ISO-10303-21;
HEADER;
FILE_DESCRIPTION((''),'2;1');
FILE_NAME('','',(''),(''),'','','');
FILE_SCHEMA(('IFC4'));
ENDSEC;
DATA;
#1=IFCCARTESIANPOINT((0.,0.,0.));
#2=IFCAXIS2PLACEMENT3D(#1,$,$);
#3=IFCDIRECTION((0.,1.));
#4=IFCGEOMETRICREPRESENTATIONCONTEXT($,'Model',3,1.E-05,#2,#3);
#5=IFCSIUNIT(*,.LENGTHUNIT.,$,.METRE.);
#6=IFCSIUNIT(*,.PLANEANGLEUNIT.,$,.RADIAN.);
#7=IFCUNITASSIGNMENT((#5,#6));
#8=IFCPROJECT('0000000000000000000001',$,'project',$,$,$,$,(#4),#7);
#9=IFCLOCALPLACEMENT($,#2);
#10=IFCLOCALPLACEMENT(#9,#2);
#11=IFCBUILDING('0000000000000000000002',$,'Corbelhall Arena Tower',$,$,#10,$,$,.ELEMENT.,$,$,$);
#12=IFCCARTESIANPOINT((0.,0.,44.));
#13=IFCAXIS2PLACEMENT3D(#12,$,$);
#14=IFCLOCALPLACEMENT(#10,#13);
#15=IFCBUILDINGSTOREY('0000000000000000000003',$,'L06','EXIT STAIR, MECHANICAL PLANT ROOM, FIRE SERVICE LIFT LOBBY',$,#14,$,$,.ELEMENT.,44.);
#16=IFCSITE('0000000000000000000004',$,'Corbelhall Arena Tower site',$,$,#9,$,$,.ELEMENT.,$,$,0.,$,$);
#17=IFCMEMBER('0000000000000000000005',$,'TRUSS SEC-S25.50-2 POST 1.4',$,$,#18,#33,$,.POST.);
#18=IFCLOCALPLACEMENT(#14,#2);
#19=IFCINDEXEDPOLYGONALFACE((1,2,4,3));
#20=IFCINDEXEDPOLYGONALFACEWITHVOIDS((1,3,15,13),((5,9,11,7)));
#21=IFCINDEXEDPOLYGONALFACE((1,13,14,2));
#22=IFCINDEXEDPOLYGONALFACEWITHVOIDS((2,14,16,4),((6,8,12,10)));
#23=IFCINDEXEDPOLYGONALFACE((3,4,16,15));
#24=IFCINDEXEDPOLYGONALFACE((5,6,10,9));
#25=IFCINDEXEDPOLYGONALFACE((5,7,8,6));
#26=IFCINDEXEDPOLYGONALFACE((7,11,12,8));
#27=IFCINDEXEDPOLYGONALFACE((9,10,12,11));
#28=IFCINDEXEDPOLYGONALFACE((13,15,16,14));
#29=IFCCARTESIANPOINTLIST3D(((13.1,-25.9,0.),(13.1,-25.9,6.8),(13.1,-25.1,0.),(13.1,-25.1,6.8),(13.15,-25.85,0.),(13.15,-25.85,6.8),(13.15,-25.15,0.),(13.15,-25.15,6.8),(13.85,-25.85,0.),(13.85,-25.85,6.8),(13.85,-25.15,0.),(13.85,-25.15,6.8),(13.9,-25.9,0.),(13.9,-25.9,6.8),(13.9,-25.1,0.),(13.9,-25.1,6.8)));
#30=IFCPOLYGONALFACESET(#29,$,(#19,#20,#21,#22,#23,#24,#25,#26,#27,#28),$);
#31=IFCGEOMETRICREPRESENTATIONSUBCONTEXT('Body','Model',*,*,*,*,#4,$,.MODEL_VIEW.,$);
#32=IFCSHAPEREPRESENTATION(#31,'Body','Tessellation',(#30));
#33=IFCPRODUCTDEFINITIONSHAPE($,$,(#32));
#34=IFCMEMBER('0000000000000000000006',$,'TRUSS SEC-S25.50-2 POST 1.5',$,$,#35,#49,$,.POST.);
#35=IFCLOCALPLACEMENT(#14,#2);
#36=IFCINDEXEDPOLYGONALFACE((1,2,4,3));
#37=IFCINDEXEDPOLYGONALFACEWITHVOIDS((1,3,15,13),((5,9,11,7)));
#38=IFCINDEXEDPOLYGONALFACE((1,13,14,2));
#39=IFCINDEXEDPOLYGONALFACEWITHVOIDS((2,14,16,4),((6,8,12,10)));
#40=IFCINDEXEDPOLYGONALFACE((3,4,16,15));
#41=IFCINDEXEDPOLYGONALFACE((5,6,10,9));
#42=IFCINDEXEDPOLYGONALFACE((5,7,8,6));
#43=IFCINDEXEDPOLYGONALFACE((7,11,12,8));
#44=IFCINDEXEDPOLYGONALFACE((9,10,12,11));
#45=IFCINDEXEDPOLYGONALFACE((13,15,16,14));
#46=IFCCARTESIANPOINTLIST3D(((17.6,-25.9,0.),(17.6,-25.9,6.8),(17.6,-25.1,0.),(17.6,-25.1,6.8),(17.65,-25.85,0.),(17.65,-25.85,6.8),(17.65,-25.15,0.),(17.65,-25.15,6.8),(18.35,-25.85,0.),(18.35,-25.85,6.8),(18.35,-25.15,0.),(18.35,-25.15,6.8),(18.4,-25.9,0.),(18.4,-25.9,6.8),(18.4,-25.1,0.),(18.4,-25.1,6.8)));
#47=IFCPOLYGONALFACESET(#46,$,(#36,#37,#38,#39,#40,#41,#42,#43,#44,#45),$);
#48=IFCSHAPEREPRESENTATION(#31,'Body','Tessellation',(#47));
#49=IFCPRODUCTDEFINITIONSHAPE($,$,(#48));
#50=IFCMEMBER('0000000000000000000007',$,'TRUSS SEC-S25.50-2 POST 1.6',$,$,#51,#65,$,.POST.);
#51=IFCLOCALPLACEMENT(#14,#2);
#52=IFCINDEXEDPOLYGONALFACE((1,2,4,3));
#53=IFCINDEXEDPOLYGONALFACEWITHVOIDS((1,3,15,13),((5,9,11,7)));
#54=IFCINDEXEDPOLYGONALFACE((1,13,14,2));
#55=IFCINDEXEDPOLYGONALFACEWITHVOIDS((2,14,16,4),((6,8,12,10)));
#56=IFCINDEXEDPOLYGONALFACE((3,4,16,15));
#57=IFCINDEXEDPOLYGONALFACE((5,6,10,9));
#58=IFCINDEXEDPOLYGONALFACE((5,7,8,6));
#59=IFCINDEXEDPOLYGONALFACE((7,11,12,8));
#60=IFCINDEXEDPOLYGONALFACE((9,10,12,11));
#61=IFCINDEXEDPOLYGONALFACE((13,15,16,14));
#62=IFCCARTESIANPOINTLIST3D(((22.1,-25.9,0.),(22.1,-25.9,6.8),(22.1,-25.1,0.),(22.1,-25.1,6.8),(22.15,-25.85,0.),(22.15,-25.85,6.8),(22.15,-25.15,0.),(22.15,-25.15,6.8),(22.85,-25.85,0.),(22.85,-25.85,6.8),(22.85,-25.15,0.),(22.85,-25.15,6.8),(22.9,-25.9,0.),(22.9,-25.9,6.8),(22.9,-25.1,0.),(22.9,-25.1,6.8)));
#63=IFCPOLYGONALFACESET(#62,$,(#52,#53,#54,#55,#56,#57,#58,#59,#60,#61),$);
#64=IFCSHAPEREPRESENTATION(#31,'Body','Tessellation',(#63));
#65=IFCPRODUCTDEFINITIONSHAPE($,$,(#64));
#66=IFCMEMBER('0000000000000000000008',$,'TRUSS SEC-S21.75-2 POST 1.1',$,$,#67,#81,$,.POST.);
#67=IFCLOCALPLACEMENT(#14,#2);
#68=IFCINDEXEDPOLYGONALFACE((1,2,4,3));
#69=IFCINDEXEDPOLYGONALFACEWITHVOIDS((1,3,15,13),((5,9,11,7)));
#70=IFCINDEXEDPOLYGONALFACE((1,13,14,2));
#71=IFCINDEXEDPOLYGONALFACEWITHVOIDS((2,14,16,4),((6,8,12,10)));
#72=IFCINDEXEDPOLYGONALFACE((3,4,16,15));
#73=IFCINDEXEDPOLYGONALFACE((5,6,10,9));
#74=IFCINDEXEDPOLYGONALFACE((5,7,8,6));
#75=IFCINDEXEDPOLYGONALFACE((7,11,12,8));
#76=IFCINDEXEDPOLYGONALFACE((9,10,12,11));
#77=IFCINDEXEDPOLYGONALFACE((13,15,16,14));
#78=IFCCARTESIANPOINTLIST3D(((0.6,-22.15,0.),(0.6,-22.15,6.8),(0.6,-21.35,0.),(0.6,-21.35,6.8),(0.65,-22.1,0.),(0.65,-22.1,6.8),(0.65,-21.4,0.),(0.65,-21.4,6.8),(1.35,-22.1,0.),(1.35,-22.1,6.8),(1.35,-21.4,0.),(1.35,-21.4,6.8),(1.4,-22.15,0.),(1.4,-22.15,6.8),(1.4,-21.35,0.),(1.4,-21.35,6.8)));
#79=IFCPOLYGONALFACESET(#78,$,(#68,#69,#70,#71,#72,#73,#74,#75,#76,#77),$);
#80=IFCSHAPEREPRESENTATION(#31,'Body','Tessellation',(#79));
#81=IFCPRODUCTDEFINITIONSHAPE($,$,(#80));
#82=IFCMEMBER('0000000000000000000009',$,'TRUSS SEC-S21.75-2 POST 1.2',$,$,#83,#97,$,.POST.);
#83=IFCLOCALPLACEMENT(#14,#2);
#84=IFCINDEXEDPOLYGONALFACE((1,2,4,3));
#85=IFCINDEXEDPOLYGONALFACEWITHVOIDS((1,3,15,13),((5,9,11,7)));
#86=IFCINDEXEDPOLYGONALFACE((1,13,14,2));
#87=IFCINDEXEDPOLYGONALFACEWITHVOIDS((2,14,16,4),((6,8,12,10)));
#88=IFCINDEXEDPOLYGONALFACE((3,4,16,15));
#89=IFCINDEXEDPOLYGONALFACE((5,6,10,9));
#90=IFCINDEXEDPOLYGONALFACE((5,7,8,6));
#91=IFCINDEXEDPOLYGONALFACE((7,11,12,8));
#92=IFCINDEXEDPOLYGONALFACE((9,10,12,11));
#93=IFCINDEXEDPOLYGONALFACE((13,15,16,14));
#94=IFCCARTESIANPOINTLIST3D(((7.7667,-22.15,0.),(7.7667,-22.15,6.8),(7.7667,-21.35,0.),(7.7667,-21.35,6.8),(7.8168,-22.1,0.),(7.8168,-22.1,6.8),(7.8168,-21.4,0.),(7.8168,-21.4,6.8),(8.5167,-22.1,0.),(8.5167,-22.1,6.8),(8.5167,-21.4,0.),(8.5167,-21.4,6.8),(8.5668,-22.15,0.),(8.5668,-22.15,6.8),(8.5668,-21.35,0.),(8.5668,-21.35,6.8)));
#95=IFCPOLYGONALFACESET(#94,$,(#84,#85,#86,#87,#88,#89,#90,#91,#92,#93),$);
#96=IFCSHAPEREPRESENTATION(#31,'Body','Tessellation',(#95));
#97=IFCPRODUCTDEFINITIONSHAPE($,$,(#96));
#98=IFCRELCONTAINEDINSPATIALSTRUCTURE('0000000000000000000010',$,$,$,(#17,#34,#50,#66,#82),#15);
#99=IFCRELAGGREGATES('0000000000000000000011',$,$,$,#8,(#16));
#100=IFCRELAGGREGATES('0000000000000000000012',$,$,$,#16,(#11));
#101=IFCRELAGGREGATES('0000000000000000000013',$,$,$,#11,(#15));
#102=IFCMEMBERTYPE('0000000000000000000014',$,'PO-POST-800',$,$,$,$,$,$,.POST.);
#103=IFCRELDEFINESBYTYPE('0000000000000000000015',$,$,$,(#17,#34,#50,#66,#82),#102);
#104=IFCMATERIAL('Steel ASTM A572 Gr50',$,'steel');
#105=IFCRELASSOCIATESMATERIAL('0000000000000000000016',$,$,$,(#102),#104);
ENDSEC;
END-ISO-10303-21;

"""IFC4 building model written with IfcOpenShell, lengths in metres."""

from ifc_helpers import new_model, si_unit, direction, frame, origin, origin_2d, place, context, subcontext, project, spatial, hollow_rectangle, extrude, material, material_profile, profile_set, type_object, element, save


model = new_model("IFC4")

# Units and contexts
model_context = context("Model", 3, precision=1e-05, world=origin(), true_north=direction((0.0, 1.0)))
body_context = subcontext(model_context, "Body", "Model", "MODEL_VIEW")
ifc_project = project(units=[si_unit("LENGTHUNIT", "METRE"), si_unit("PLANEANGLEUNIT", "RADIAN")], contexts=[model_context])

# Site, building, storey
site_placement = place(None, origin())
site = spatial("IfcSite", under=ifc_project, at=site_placement, Name="Corbelhall Arena Tower site", CompositionType="ELEMENT", RefElevation=0.0)
building_placement = place(site_placement, origin())
building = spatial("IfcBuilding", under=site, at=building_placement, Name="Corbelhall Arena Tower", CompositionType="ELEMENT")
storey_placement = place(building_placement, frame((0.0, 0.0, 44.0)))
storey = spatial("IfcBuildingStorey", under=building, at=storey_placement, Name="L06", Description="EXIT STAIR, MECHANICAL PLANT ROOM, FIRE SERVICE LIFT LOBBY", CompositionType="ELEMENT", Elevation=44.0)

# Members
ifc_material_1 = material(Name="Steel ASTM A572 Gr50", Category="steel")
ifc_material_profile_1 = material_profile(ifc_material_1, hollow_rectangle(XDim=0.8, YDim=0.8, WallThickness=0.05, at=origin_2d()))
ifc_profile_set_1 = profile_set([ifc_material_profile_1], Name="Steel ASTM A572 Gr50")
member_type_1 = type_object("IfcMemberType", Name="PO-POST-800", PredefinedType="POST", material=ifc_profile_set_1)
for number, where, z_axis, x_axis, name in (
    (1, (13.5, -25.5, 0.0), (0.0, 0.0, 1.0), (1.0, 0.0, 0.0), "TRUSS SEC-S25.50-2 POST 1.4"),
    (2, (18.0, -25.5, 0.0), (0.0, 0.0, 1.0), (1.0, 0.0, 0.0), "TRUSS SEC-S25.50-2 POST 1.5"),
    (3, (22.5, -25.5, 0.0), (0.0, 0.0, 1.0), (1.0, 0.0, 0.0), "TRUSS SEC-S25.50-2 POST 1.6"),
    (4, (1.0, -21.75, 0.0), (0.0, 0.0, 1.0), (1.0, 0.0, 0.0), "TRUSS SEC-S21.75-2 POST 1.1"),
    (5, (8.1667, -21.75, 0.0), (0.0, 0.0, 1.0), (1.0, 0.0, 0.0), "TRUSS SEC-S21.75-2 POST 1.2"),
):
    element("IfcMember", number, at=place(storey_placement, frame(where, z_axis=z_axis, x_axis=x_axis)), inside=storey, type_object=member_type_1, Name=name, PredefinedType="POST", context=body_context, shape_type="SweptSolid", body=[
        extrude(hollow_rectangle(XDim=0.8, YDim=0.8, WallThickness=0.05, at=origin_2d()), origin(), (0.0, 0.0, 1.0), 6.8),
    ])

save(model, "model.ifc")
